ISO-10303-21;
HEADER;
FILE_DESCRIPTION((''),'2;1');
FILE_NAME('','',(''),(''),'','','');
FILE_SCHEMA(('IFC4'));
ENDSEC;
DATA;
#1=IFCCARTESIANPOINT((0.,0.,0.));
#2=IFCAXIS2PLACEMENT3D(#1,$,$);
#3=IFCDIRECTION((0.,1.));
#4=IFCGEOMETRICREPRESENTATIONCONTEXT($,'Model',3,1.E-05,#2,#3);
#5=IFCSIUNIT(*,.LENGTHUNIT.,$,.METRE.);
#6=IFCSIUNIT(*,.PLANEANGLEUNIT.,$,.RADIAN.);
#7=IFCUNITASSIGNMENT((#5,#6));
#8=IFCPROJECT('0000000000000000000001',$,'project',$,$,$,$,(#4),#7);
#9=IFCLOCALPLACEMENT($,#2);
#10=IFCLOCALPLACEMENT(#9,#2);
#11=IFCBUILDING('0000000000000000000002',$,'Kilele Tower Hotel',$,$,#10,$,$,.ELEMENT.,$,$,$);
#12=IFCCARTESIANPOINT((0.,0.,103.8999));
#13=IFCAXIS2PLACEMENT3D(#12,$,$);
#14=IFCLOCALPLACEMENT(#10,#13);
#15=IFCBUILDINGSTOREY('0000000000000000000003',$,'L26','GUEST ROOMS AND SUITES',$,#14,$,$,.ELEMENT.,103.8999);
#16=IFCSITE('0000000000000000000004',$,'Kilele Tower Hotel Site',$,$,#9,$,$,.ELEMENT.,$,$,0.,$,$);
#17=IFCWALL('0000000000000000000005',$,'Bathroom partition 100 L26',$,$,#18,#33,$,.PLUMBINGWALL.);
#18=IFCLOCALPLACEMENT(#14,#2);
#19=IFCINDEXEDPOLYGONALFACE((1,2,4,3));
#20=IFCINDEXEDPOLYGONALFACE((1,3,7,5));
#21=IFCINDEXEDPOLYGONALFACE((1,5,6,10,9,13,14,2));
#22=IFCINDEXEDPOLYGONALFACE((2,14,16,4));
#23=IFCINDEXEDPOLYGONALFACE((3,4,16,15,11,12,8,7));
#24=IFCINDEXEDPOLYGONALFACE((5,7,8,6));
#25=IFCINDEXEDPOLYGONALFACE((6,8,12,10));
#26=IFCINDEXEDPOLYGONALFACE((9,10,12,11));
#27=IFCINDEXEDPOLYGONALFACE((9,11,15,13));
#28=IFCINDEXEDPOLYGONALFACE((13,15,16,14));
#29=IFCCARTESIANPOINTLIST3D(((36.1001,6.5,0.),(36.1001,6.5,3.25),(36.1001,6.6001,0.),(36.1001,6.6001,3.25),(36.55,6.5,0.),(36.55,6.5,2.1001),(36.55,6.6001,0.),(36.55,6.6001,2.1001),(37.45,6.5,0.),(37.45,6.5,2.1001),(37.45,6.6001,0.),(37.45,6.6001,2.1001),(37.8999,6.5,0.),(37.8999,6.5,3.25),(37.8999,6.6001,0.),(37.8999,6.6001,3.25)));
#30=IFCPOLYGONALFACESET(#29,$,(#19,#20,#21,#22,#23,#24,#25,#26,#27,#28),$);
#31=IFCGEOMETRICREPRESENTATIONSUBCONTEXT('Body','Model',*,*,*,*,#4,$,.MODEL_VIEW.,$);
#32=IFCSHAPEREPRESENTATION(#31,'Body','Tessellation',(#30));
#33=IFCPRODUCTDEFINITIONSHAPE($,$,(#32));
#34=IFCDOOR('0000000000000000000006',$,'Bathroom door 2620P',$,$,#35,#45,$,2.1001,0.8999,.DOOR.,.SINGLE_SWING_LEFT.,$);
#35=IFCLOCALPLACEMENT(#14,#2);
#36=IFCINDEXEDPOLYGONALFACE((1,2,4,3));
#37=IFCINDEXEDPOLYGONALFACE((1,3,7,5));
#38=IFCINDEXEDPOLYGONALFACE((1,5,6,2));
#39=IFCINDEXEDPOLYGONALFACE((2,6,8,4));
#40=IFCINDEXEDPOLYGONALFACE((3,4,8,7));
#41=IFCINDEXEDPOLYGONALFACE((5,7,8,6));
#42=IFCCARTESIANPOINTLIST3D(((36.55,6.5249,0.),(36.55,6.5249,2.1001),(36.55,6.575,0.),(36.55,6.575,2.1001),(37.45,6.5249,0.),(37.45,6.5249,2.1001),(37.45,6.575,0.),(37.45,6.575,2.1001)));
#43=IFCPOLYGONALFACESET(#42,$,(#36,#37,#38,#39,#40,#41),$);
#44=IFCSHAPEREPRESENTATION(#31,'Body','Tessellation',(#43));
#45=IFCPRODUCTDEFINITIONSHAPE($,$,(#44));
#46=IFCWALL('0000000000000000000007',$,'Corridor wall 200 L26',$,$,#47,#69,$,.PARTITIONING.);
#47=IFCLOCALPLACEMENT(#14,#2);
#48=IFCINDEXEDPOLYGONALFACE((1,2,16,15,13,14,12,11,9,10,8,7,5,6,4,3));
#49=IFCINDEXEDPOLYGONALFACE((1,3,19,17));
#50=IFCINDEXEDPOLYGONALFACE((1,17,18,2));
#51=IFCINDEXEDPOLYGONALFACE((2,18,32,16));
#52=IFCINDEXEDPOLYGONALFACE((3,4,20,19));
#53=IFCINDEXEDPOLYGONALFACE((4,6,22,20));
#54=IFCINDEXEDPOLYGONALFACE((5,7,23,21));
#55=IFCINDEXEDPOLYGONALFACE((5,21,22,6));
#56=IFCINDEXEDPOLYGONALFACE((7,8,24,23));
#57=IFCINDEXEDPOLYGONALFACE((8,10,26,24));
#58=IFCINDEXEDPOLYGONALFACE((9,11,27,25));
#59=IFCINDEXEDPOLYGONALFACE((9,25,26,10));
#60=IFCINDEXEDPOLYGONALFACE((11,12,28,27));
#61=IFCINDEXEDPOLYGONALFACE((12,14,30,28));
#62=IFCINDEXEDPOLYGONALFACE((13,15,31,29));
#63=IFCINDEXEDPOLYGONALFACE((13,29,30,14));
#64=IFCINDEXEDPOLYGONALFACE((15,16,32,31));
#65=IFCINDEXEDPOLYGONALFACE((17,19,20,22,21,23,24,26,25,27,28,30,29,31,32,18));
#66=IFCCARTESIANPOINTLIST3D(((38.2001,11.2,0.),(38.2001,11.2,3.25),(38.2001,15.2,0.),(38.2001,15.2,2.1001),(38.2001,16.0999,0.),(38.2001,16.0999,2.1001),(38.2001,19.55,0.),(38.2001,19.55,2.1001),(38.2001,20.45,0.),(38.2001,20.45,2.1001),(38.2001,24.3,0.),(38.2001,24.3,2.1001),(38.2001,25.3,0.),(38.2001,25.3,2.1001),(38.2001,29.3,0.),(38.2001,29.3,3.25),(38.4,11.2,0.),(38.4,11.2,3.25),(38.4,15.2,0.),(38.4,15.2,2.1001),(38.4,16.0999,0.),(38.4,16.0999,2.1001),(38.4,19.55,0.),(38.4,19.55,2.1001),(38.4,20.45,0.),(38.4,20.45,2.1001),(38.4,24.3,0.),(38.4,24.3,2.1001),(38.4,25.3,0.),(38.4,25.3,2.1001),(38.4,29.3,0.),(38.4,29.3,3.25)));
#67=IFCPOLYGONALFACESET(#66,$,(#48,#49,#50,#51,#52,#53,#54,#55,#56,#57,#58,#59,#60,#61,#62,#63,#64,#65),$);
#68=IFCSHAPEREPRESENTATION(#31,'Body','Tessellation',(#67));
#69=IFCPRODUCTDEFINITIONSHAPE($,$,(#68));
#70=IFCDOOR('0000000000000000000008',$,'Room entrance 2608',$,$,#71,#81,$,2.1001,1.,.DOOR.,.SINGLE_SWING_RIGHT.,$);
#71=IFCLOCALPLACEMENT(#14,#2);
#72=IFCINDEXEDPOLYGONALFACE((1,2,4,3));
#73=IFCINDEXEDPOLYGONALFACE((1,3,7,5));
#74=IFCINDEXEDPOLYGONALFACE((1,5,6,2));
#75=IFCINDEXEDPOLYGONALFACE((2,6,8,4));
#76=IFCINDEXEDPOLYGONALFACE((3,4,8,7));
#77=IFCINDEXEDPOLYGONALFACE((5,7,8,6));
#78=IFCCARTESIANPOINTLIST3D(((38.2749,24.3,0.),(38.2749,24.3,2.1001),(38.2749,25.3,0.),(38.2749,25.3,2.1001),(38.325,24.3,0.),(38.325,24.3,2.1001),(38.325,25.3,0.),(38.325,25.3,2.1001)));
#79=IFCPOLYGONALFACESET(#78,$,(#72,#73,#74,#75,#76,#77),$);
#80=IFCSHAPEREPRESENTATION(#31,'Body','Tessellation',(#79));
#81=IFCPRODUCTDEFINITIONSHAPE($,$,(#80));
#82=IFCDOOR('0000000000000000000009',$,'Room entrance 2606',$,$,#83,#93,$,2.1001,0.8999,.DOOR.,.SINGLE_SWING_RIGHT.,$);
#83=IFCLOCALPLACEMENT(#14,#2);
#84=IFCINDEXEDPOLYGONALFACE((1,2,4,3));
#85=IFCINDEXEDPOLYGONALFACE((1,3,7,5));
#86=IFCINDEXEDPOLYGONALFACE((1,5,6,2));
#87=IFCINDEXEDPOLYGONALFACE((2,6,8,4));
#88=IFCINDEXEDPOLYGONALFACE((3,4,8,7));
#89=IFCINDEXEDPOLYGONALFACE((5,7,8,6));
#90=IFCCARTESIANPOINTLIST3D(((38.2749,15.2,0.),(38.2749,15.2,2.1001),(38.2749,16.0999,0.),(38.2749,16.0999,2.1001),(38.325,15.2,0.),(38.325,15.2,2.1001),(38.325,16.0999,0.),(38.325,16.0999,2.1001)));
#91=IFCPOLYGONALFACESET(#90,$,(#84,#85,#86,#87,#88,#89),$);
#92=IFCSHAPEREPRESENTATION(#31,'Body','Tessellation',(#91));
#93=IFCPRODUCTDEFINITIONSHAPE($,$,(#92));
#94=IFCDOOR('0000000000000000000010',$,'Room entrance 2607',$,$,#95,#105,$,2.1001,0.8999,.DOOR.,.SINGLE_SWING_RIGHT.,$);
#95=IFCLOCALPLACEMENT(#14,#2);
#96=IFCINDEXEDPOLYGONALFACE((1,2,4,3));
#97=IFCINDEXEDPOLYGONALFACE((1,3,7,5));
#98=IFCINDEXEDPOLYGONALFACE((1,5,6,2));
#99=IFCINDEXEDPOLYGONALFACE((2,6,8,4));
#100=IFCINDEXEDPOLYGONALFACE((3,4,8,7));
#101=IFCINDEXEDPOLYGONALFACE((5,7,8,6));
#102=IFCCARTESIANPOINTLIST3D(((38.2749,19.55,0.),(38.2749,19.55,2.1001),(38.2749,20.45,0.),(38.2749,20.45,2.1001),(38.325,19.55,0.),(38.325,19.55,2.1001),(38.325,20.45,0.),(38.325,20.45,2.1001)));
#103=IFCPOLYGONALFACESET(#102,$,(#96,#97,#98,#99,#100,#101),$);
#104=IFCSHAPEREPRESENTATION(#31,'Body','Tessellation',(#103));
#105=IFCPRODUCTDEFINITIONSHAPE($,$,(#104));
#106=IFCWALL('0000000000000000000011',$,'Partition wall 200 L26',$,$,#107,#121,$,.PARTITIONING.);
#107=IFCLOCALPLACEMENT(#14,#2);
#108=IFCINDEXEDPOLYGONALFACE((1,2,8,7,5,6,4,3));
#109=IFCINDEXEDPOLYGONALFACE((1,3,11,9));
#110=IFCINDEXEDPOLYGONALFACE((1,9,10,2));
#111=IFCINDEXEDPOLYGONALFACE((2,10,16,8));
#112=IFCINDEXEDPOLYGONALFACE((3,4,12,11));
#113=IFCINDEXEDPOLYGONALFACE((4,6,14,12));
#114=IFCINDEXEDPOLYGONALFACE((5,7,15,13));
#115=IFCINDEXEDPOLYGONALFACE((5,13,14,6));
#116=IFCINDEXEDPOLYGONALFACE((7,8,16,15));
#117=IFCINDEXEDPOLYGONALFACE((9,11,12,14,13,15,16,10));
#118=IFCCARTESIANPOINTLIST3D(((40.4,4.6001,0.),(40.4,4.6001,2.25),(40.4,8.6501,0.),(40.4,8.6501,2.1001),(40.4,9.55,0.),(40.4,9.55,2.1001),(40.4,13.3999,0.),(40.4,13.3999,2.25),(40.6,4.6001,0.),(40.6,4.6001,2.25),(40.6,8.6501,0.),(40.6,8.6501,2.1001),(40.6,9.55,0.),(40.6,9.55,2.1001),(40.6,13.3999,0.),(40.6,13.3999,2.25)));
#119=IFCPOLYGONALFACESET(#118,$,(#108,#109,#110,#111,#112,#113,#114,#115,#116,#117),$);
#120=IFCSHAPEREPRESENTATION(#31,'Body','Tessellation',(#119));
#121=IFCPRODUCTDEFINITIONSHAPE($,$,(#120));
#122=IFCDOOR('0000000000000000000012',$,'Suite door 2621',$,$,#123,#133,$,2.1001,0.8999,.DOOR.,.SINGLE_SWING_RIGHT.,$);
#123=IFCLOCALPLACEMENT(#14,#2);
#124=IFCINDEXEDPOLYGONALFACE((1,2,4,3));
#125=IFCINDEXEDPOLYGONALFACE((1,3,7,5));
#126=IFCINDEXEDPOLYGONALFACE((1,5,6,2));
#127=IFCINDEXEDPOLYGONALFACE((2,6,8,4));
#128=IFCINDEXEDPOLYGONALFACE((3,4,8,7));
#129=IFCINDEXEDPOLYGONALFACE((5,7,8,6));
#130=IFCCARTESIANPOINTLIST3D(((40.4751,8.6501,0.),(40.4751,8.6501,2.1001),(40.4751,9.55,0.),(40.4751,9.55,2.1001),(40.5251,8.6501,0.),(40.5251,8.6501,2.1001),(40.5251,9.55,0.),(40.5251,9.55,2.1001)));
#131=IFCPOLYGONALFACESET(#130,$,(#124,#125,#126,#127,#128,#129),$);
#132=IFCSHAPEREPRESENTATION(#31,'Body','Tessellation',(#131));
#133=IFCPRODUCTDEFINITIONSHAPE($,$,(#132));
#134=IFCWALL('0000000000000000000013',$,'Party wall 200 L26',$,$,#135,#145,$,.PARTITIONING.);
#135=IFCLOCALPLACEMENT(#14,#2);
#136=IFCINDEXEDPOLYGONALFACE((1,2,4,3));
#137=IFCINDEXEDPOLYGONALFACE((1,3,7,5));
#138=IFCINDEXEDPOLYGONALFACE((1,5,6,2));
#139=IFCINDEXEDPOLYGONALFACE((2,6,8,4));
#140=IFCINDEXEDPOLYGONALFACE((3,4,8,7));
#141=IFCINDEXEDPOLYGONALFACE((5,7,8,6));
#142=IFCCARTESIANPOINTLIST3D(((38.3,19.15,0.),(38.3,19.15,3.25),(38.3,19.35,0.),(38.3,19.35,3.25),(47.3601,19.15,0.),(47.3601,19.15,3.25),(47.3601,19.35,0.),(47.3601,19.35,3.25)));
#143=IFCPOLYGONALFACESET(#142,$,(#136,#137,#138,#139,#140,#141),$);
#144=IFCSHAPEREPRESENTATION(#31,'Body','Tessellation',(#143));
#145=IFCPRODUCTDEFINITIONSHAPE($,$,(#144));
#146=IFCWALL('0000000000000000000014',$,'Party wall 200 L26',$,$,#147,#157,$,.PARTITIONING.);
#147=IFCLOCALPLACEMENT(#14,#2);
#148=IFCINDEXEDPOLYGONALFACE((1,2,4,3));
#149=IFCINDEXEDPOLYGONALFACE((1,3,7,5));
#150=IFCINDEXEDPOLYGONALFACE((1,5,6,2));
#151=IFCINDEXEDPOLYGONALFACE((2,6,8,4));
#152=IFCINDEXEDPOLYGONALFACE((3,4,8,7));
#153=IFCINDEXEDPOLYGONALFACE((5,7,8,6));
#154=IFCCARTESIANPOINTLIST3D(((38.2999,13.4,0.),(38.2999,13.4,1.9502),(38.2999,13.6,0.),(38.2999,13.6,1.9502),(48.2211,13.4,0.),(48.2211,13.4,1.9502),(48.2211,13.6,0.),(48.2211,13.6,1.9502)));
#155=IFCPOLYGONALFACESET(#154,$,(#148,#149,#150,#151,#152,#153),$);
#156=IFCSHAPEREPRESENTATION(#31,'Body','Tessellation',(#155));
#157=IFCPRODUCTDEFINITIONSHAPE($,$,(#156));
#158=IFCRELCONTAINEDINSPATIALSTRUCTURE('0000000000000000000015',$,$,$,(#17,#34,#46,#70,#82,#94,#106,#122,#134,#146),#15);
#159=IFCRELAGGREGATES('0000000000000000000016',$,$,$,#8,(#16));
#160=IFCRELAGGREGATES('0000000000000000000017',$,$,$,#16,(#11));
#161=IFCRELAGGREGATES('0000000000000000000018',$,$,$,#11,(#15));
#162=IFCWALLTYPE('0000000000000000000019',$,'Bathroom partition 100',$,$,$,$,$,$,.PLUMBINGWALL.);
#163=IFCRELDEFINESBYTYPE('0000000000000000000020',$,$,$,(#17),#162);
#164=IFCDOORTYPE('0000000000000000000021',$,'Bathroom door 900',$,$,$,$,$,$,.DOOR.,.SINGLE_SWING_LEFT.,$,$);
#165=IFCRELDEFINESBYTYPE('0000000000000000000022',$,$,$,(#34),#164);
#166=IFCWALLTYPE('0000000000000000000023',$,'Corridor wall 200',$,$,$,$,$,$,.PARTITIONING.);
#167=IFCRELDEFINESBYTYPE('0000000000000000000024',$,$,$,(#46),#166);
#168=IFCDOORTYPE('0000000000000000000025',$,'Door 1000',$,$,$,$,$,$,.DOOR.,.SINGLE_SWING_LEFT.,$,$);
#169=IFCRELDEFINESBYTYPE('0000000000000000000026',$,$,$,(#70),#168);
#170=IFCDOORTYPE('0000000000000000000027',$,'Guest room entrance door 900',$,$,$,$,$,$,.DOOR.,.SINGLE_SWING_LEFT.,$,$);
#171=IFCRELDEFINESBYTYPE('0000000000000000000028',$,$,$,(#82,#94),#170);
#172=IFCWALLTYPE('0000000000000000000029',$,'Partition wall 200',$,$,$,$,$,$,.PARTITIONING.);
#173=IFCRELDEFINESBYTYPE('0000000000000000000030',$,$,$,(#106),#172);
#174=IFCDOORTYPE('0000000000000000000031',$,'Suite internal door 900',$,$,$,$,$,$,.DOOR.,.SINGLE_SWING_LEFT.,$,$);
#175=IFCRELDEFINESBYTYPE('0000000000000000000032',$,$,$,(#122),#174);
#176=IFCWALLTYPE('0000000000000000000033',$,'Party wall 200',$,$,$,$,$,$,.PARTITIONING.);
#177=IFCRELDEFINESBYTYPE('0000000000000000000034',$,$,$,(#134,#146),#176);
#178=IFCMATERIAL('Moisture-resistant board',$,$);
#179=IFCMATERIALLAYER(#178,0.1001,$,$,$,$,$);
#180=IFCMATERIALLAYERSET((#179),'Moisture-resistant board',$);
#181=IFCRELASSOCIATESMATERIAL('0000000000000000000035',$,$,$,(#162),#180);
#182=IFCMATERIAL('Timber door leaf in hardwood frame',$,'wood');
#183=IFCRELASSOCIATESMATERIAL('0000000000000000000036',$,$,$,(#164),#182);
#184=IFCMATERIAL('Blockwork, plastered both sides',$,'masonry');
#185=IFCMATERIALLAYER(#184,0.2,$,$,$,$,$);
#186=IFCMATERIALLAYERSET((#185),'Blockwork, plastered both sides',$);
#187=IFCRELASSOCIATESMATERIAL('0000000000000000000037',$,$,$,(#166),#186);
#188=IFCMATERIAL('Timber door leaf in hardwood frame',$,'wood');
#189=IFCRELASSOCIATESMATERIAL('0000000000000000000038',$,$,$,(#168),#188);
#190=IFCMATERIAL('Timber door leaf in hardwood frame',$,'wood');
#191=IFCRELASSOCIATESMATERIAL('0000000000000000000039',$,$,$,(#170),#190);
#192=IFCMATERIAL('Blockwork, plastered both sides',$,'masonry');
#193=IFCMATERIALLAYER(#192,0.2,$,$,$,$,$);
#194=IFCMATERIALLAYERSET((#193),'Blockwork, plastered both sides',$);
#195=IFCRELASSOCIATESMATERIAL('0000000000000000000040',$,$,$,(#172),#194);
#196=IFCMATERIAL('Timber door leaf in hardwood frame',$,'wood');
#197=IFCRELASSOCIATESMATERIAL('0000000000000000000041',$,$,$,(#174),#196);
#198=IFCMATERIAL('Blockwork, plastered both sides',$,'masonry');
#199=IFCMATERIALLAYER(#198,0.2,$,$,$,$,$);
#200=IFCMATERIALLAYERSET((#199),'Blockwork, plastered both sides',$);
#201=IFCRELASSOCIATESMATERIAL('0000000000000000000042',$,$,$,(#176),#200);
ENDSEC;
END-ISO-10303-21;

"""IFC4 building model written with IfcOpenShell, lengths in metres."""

from ifc_helpers import new_model, si_unit, direction, frame, frame_2d, origin, place, context, subcontext, project, spatial, rectangle, extrude, material, layer, layer_set, type_object, element, fill, save


model = new_model("IFC4")

# Units and contexts
model_context = context("Model", 3, precision=1e-05, world=origin(), true_north=direction((0.0, 1.0)))
body_context = subcontext(model_context, "Body", "Model", "MODEL_VIEW")
ifc_project = project(units=[si_unit("LENGTHUNIT", "METRE"), si_unit("PLANEANGLEUNIT", "RADIAN")], contexts=[model_context])

# Site, building, storey
site_placement = place(None, origin())
site = spatial("IfcSite", under=ifc_project, at=site_placement, Name="Kilele Tower Hotel Site", CompositionType="ELEMENT", RefElevation=0.0)
building_placement = place(site_placement, origin())
building = spatial("IfcBuilding", under=site, at=building_placement, Name="Kilele Tower Hotel", CompositionType="ELEMENT")
storey_placement = place(building_placement, frame((0.0, 0.0, 103.8999)))
storey = spatial("IfcBuildingStorey", under=building, at=storey_placement, Name="L26", Description="GUEST ROOMS AND SUITES", CompositionType="ELEMENT", Elevation=103.8999)

# Shared definitions
ifc_material_1 = material(Name="Moisture-resistant board")
ifc_layer_1 = layer(ifc_material_1, 0.1001)
ifc_layer_set_1 = layer_set([ifc_layer_1], Name="Moisture-resistant board")
wall_type_1 = type_object("IfcWallType", Name="Bathroom partition 100", PredefinedType="PLUMBINGWALL", material=ifc_layer_set_1)

# Wall, opening, door
ifc_material_2 = material(Name="Timber door leaf in hardwood frame", Category="wood")
door_type_1 = type_object("IfcDoorType", Name="Bathroom door 900", OperationType="SINGLE_SWING_LEFT", PredefinedType="DOOR", material=ifc_material_2)
wall_1_placement = place(storey_placement, frame((36.1001, 6.55, 0.0), z_axis=(0.0, 0.0, 1.0), x_axis=(1.0, 0.0, 0.0)))
wall_1 = element("IfcWall", 1, at=wall_1_placement, inside=storey, type_object=wall_type_1, Name="Bathroom partition 100 L26", PredefinedType="PLUMBINGWALL", context=body_context, shape_type="SweptSolid", body=[
    extrude(rectangle(XDim=1.7998, YDim=0.1001, at=frame_2d((0.8999, 0.0))), origin(), (0.0, 0.0, 1.0), 3.25),
])
opening_1_placement = place(wall_1_placement, frame((0.45, 0.0, 0.0)))
opening_1 = element("IfcOpeningElement", 2, at=opening_1_placement, cuts=wall_1, PredefinedType="OPENING", context=body_context, shape_type="SweptSolid", body=[
    extrude(rectangle(XDim=0.8999, YDim=2.1001, at=frame_2d((0.45, 1.05))), frame((0.0, 0.0601, 0.0), z_axis=(0.0, -1.0, 0.0), x_axis=(1.0, 0.0, 0.0)), (0.0, 0.0, 1.0), 0.1201),
])
door_1_placement = place(opening_1_placement, origin())
door_1 = element("IfcDoor", 3, at=door_1_placement, inside=storey, type_object=door_type_1, Name="Bathroom door 2620P", OperationType="SINGLE_SWING_LEFT", OverallHeight=2.1001, OverallWidth=0.8999, PredefinedType="DOOR", context=body_context, shape_type="SweptSolid", body=[
    extrude(rectangle(XDim=0.8999, YDim=2.1001, at=frame_2d((0.45, 1.05))), frame((0.0, 0.0249, 0.0), z_axis=(0.0, -1.0, 0.0), x_axis=(1.0, 0.0, 0.0)), (0.0, 0.0, 1.0), 0.05),
])
fill(opening_1, door_1)

# Wall, openings, doors
ifc_material_3 = material(Name="Blockwork, plastered both sides", Category="masonry")
ifc_layer_2 = layer(ifc_material_3, 0.2)
ifc_layer_set_2 = layer_set([ifc_layer_2], Name="Blockwork, plastered both sides")
wall_type_2 = type_object("IfcWallType", Name="Corridor wall 200", PredefinedType="PARTITIONING", material=ifc_layer_set_2)
wall_2_placement = place(storey_placement, frame((38.3, 11.2, 0.0), z_axis=(0.0, 0.0, 1.0), x_axis=(0.0, 1.0, 0.0)))
wall_2 = element("IfcWall", 4, at=wall_2_placement, inside=storey, type_object=wall_type_2, Name="Corridor wall 200 L26", PredefinedType="PARTITIONING", context=body_context, shape_type="SweptSolid", body=[
    extrude(rectangle(XDim=18.1001, YDim=0.2, at=frame_2d((9.05, 0.0))), origin(), (0.0, 0.0, 1.0), 3.25),
])
opening_2_placement = place(wall_2_placement, frame((4.8999, 0.0, 0.0), z_axis=(0.0, 0.0, 1.0), x_axis=(-1.0, 0.0, 0.0)))
opening_2 = element("IfcOpeningElement", 5, at=opening_2_placement, cuts=wall_2, PredefinedType="OPENING", context=body_context, shape_type="SweptSolid", body=[
    extrude(rectangle(XDim=0.8999, YDim=2.1001, at=frame_2d((0.45, 1.05))), frame((0.0, 0.1099, 0.0), z_axis=(0.0, -1.0, 0.0), x_axis=(1.0, 0.0, 0.0)), (0.0, 0.0, 1.0), 0.22),
])
opening_3_placement = place(wall_2_placement, frame((9.25, 0.0, 0.0), z_axis=(0.0, 0.0, 1.0), x_axis=(-1.0, 0.0, 0.0)))
opening_3 = element("IfcOpeningElement", 6, at=opening_3_placement, cuts=wall_2, PredefinedType="OPENING", context=body_context, shape_type="SweptSolid", body=[
    extrude(rectangle(XDim=0.8999, YDim=2.1001, at=frame_2d((0.45, 1.05))), frame((0.0, 0.1099, 0.0), z_axis=(0.0, -1.0, 0.0), x_axis=(1.0, 0.0, 0.0)), (0.0, 0.0, 1.0), 0.22),
])
opening_4_placement = place(wall_2_placement, frame((14.1001, 0.0, 0.0), z_axis=(0.0, 0.0, 1.0), x_axis=(-1.0, 0.0, 0.0)))
opening_4 = element("IfcOpeningElement", 7, at=opening_4_placement, cuts=wall_2, PredefinedType="OPENING", context=body_context, shape_type="SweptSolid", body=[
    extrude(rectangle(XDim=1.0, YDim=2.1001, at=frame_2d((0.5, 1.05))), frame((0.0, 0.1099, 0.0), z_axis=(0.0, -1.0, 0.0), x_axis=(1.0, 0.0, 0.0)), (0.0, 0.0, 1.0), 0.22),
])
ifc_material_4 = material(Name="Timber door leaf in hardwood frame", Category="wood")
door_type_2 = type_object("IfcDoorType", Name="Door 1000", OperationType="SINGLE_SWING_LEFT", PredefinedType="DOOR", material=ifc_material_4)
door_2_placement = place(opening_4_placement, origin())
door_2 = element("IfcDoor", 8, at=door_2_placement, inside=storey, type_object=door_type_2, Name="Room entrance 2608", OperationType="SINGLE_SWING_RIGHT", OverallHeight=2.1001, OverallWidth=1.0, PredefinedType="DOOR", context=body_context, shape_type="SweptSolid", body=[
    extrude(rectangle(XDim=1.0, YDim=2.1001, at=frame_2d((0.5, 1.05))), frame((0.0, 0.0249, 0.0), z_axis=(0.0, -1.0, 0.0), x_axis=(1.0, 0.0, 0.0)), (0.0, 0.0, 1.0), 0.05),
])
fill(opening_4, door_2)
ifc_material_5 = material(Name="Timber door leaf in hardwood frame", Category="wood")
door_type_3 = type_object("IfcDoorType", Name="Guest room entrance door 900", OperationType="SINGLE_SWING_LEFT", PredefinedType="DOOR", material=ifc_material_5)
door_3_placement = place(opening_2_placement, origin())
door_3 = element("IfcDoor", 9, at=door_3_placement, inside=storey, type_object=door_type_3, Name="Room entrance 2606", OperationType="SINGLE_SWING_RIGHT", OverallHeight=2.1001, OverallWidth=0.8999, PredefinedType="DOOR", context=body_context, shape_type="SweptSolid", body=[
    extrude(rectangle(XDim=0.8999, YDim=2.1001, at=frame_2d((0.45, 1.05))), frame((0.0, 0.0249, 0.0), z_axis=(0.0, -1.0, 0.0), x_axis=(1.0, 0.0, 0.0)), (0.0, 0.0, 1.0), 0.05),
])
fill(opening_2, door_3)
door_4_placement = place(opening_3_placement, origin())
door_4 = element("IfcDoor", 10, at=door_4_placement, inside=storey, type_object=door_type_3, Name="Room entrance 2607", OperationType="SINGLE_SWING_RIGHT", OverallHeight=2.1001, OverallWidth=0.8999, PredefinedType="DOOR", context=body_context, shape_type="SweptSolid", body=[
    extrude(rectangle(XDim=0.8999, YDim=2.1001, at=frame_2d((0.45, 1.05))), frame((0.0, 0.0249, 0.0), z_axis=(0.0, -1.0, 0.0), x_axis=(1.0, 0.0, 0.0)), (0.0, 0.0, 1.0), 0.05),
])
fill(opening_3, door_4)

# Wall, opening, door
ifc_material_6 = material(Name="Blockwork, plastered both sides", Category="masonry")
ifc_layer_3 = layer(ifc_material_6, 0.2)
ifc_layer_set_3 = layer_set([ifc_layer_3], Name="Blockwork, plastered both sides")
wall_type_3 = type_object("IfcWallType", Name="Partition wall 200", PredefinedType="PARTITIONING", material=ifc_layer_set_3)
wall_3_placement = place(storey_placement, frame((40.5, 4.6001, 0.0), z_axis=(0.0, 0.0, 1.0), x_axis=(0.0, 1.0, 0.0)))
wall_3 = element("IfcWall", 11, at=wall_3_placement, inside=storey, type_object=wall_type_3, Name="Partition wall 200 L26", PredefinedType="PARTITIONING", context=body_context, shape_type="SweptSolid", body=[
    extrude(rectangle(XDim=8.7998, YDim=0.2, at=frame_2d((4.3999, 0.0))), origin(), (0.0, 0.0, 1.0), 2.25),
])
opening_5_placement = place(wall_3_placement, frame((4.05, 0.0, 0.0)))
opening_5 = element("IfcOpeningElement", 12, at=opening_5_placement, cuts=wall_3, PredefinedType="OPENING", context=body_context, shape_type="SweptSolid", body=[
    extrude(rectangle(XDim=0.8999, YDim=2.1001, at=frame_2d((0.45, 1.05))), frame((0.0, 0.1099, 0.0), z_axis=(0.0, -1.0, 0.0), x_axis=(1.0, 0.0, 0.0)), (0.0, 0.0, 1.0), 0.22),
])
ifc_material_7 = material(Name="Timber door leaf in hardwood frame", Category="wood")
door_type_4 = type_object("IfcDoorType", Name="Suite internal door 900", OperationType="SINGLE_SWING_LEFT", PredefinedType="DOOR", material=ifc_material_7)
door_5_placement = place(opening_5_placement, origin())
door_5 = element("IfcDoor", 13, at=door_5_placement, inside=storey, type_object=door_type_4, Name="Suite door 2621", OperationType="SINGLE_SWING_RIGHT", OverallHeight=2.1001, OverallWidth=0.8999, PredefinedType="DOOR", context=body_context, shape_type="SweptSolid", body=[
    extrude(rectangle(XDim=0.8999, YDim=2.1001, at=frame_2d((0.45, 1.05))), frame((0.0, 0.0249, 0.0), z_axis=(0.0, -1.0, 0.0), x_axis=(1.0, 0.0, 0.0)), (0.0, 0.0, 1.0), 0.05),
])
fill(opening_5, door_5)

# Walls
ifc_material_8 = material(Name="Blockwork, plastered both sides", Category="masonry")
ifc_layer_4 = layer(ifc_material_8, 0.2)
ifc_layer_set_4 = layer_set([ifc_layer_4], Name="Blockwork, plastered both sides")
wall_type_4 = type_object("IfcWallType", Name="Party wall 200", PredefinedType="PARTITIONING", material=ifc_layer_set_4)
wall_4_placement = place(storey_placement, frame((38.3, 19.25, 0.0), z_axis=(0.0, 0.0, 1.0), x_axis=(1.0, 0.0, 0.0)))
element("IfcWall", 14, at=wall_4_placement, inside=storey, type_object=wall_type_4, Name="Party wall 200 L26", PredefinedType="PARTITIONING", context=body_context, shape_type="SweptSolid", body=[
    extrude(rectangle(XDim=9.0601, YDim=0.2, at=frame_2d((4.53, 0.0))), origin(), (0.0, 0.0, 1.0), 3.25),
])
wall_5_placement = place(storey_placement, frame((38.3, 13.5, 0.0), z_axis=(0.0, 0.0, 1.0), x_axis=(1.0, 0.0, 0.0)))
element("IfcWall", 15, at=wall_5_placement, inside=storey, type_object=wall_type_4, Name="Party wall 200 L26", PredefinedType="PARTITIONING", context=body_context, shape_type="SweptSolid", body=[
    extrude(rectangle(XDim=9.9211, YDim=0.2, at=frame_2d((4.9604, 0.0))), origin(), (0.0, 0.0, 1.0), 1.9502),
])

save(model, "model.ifc")
